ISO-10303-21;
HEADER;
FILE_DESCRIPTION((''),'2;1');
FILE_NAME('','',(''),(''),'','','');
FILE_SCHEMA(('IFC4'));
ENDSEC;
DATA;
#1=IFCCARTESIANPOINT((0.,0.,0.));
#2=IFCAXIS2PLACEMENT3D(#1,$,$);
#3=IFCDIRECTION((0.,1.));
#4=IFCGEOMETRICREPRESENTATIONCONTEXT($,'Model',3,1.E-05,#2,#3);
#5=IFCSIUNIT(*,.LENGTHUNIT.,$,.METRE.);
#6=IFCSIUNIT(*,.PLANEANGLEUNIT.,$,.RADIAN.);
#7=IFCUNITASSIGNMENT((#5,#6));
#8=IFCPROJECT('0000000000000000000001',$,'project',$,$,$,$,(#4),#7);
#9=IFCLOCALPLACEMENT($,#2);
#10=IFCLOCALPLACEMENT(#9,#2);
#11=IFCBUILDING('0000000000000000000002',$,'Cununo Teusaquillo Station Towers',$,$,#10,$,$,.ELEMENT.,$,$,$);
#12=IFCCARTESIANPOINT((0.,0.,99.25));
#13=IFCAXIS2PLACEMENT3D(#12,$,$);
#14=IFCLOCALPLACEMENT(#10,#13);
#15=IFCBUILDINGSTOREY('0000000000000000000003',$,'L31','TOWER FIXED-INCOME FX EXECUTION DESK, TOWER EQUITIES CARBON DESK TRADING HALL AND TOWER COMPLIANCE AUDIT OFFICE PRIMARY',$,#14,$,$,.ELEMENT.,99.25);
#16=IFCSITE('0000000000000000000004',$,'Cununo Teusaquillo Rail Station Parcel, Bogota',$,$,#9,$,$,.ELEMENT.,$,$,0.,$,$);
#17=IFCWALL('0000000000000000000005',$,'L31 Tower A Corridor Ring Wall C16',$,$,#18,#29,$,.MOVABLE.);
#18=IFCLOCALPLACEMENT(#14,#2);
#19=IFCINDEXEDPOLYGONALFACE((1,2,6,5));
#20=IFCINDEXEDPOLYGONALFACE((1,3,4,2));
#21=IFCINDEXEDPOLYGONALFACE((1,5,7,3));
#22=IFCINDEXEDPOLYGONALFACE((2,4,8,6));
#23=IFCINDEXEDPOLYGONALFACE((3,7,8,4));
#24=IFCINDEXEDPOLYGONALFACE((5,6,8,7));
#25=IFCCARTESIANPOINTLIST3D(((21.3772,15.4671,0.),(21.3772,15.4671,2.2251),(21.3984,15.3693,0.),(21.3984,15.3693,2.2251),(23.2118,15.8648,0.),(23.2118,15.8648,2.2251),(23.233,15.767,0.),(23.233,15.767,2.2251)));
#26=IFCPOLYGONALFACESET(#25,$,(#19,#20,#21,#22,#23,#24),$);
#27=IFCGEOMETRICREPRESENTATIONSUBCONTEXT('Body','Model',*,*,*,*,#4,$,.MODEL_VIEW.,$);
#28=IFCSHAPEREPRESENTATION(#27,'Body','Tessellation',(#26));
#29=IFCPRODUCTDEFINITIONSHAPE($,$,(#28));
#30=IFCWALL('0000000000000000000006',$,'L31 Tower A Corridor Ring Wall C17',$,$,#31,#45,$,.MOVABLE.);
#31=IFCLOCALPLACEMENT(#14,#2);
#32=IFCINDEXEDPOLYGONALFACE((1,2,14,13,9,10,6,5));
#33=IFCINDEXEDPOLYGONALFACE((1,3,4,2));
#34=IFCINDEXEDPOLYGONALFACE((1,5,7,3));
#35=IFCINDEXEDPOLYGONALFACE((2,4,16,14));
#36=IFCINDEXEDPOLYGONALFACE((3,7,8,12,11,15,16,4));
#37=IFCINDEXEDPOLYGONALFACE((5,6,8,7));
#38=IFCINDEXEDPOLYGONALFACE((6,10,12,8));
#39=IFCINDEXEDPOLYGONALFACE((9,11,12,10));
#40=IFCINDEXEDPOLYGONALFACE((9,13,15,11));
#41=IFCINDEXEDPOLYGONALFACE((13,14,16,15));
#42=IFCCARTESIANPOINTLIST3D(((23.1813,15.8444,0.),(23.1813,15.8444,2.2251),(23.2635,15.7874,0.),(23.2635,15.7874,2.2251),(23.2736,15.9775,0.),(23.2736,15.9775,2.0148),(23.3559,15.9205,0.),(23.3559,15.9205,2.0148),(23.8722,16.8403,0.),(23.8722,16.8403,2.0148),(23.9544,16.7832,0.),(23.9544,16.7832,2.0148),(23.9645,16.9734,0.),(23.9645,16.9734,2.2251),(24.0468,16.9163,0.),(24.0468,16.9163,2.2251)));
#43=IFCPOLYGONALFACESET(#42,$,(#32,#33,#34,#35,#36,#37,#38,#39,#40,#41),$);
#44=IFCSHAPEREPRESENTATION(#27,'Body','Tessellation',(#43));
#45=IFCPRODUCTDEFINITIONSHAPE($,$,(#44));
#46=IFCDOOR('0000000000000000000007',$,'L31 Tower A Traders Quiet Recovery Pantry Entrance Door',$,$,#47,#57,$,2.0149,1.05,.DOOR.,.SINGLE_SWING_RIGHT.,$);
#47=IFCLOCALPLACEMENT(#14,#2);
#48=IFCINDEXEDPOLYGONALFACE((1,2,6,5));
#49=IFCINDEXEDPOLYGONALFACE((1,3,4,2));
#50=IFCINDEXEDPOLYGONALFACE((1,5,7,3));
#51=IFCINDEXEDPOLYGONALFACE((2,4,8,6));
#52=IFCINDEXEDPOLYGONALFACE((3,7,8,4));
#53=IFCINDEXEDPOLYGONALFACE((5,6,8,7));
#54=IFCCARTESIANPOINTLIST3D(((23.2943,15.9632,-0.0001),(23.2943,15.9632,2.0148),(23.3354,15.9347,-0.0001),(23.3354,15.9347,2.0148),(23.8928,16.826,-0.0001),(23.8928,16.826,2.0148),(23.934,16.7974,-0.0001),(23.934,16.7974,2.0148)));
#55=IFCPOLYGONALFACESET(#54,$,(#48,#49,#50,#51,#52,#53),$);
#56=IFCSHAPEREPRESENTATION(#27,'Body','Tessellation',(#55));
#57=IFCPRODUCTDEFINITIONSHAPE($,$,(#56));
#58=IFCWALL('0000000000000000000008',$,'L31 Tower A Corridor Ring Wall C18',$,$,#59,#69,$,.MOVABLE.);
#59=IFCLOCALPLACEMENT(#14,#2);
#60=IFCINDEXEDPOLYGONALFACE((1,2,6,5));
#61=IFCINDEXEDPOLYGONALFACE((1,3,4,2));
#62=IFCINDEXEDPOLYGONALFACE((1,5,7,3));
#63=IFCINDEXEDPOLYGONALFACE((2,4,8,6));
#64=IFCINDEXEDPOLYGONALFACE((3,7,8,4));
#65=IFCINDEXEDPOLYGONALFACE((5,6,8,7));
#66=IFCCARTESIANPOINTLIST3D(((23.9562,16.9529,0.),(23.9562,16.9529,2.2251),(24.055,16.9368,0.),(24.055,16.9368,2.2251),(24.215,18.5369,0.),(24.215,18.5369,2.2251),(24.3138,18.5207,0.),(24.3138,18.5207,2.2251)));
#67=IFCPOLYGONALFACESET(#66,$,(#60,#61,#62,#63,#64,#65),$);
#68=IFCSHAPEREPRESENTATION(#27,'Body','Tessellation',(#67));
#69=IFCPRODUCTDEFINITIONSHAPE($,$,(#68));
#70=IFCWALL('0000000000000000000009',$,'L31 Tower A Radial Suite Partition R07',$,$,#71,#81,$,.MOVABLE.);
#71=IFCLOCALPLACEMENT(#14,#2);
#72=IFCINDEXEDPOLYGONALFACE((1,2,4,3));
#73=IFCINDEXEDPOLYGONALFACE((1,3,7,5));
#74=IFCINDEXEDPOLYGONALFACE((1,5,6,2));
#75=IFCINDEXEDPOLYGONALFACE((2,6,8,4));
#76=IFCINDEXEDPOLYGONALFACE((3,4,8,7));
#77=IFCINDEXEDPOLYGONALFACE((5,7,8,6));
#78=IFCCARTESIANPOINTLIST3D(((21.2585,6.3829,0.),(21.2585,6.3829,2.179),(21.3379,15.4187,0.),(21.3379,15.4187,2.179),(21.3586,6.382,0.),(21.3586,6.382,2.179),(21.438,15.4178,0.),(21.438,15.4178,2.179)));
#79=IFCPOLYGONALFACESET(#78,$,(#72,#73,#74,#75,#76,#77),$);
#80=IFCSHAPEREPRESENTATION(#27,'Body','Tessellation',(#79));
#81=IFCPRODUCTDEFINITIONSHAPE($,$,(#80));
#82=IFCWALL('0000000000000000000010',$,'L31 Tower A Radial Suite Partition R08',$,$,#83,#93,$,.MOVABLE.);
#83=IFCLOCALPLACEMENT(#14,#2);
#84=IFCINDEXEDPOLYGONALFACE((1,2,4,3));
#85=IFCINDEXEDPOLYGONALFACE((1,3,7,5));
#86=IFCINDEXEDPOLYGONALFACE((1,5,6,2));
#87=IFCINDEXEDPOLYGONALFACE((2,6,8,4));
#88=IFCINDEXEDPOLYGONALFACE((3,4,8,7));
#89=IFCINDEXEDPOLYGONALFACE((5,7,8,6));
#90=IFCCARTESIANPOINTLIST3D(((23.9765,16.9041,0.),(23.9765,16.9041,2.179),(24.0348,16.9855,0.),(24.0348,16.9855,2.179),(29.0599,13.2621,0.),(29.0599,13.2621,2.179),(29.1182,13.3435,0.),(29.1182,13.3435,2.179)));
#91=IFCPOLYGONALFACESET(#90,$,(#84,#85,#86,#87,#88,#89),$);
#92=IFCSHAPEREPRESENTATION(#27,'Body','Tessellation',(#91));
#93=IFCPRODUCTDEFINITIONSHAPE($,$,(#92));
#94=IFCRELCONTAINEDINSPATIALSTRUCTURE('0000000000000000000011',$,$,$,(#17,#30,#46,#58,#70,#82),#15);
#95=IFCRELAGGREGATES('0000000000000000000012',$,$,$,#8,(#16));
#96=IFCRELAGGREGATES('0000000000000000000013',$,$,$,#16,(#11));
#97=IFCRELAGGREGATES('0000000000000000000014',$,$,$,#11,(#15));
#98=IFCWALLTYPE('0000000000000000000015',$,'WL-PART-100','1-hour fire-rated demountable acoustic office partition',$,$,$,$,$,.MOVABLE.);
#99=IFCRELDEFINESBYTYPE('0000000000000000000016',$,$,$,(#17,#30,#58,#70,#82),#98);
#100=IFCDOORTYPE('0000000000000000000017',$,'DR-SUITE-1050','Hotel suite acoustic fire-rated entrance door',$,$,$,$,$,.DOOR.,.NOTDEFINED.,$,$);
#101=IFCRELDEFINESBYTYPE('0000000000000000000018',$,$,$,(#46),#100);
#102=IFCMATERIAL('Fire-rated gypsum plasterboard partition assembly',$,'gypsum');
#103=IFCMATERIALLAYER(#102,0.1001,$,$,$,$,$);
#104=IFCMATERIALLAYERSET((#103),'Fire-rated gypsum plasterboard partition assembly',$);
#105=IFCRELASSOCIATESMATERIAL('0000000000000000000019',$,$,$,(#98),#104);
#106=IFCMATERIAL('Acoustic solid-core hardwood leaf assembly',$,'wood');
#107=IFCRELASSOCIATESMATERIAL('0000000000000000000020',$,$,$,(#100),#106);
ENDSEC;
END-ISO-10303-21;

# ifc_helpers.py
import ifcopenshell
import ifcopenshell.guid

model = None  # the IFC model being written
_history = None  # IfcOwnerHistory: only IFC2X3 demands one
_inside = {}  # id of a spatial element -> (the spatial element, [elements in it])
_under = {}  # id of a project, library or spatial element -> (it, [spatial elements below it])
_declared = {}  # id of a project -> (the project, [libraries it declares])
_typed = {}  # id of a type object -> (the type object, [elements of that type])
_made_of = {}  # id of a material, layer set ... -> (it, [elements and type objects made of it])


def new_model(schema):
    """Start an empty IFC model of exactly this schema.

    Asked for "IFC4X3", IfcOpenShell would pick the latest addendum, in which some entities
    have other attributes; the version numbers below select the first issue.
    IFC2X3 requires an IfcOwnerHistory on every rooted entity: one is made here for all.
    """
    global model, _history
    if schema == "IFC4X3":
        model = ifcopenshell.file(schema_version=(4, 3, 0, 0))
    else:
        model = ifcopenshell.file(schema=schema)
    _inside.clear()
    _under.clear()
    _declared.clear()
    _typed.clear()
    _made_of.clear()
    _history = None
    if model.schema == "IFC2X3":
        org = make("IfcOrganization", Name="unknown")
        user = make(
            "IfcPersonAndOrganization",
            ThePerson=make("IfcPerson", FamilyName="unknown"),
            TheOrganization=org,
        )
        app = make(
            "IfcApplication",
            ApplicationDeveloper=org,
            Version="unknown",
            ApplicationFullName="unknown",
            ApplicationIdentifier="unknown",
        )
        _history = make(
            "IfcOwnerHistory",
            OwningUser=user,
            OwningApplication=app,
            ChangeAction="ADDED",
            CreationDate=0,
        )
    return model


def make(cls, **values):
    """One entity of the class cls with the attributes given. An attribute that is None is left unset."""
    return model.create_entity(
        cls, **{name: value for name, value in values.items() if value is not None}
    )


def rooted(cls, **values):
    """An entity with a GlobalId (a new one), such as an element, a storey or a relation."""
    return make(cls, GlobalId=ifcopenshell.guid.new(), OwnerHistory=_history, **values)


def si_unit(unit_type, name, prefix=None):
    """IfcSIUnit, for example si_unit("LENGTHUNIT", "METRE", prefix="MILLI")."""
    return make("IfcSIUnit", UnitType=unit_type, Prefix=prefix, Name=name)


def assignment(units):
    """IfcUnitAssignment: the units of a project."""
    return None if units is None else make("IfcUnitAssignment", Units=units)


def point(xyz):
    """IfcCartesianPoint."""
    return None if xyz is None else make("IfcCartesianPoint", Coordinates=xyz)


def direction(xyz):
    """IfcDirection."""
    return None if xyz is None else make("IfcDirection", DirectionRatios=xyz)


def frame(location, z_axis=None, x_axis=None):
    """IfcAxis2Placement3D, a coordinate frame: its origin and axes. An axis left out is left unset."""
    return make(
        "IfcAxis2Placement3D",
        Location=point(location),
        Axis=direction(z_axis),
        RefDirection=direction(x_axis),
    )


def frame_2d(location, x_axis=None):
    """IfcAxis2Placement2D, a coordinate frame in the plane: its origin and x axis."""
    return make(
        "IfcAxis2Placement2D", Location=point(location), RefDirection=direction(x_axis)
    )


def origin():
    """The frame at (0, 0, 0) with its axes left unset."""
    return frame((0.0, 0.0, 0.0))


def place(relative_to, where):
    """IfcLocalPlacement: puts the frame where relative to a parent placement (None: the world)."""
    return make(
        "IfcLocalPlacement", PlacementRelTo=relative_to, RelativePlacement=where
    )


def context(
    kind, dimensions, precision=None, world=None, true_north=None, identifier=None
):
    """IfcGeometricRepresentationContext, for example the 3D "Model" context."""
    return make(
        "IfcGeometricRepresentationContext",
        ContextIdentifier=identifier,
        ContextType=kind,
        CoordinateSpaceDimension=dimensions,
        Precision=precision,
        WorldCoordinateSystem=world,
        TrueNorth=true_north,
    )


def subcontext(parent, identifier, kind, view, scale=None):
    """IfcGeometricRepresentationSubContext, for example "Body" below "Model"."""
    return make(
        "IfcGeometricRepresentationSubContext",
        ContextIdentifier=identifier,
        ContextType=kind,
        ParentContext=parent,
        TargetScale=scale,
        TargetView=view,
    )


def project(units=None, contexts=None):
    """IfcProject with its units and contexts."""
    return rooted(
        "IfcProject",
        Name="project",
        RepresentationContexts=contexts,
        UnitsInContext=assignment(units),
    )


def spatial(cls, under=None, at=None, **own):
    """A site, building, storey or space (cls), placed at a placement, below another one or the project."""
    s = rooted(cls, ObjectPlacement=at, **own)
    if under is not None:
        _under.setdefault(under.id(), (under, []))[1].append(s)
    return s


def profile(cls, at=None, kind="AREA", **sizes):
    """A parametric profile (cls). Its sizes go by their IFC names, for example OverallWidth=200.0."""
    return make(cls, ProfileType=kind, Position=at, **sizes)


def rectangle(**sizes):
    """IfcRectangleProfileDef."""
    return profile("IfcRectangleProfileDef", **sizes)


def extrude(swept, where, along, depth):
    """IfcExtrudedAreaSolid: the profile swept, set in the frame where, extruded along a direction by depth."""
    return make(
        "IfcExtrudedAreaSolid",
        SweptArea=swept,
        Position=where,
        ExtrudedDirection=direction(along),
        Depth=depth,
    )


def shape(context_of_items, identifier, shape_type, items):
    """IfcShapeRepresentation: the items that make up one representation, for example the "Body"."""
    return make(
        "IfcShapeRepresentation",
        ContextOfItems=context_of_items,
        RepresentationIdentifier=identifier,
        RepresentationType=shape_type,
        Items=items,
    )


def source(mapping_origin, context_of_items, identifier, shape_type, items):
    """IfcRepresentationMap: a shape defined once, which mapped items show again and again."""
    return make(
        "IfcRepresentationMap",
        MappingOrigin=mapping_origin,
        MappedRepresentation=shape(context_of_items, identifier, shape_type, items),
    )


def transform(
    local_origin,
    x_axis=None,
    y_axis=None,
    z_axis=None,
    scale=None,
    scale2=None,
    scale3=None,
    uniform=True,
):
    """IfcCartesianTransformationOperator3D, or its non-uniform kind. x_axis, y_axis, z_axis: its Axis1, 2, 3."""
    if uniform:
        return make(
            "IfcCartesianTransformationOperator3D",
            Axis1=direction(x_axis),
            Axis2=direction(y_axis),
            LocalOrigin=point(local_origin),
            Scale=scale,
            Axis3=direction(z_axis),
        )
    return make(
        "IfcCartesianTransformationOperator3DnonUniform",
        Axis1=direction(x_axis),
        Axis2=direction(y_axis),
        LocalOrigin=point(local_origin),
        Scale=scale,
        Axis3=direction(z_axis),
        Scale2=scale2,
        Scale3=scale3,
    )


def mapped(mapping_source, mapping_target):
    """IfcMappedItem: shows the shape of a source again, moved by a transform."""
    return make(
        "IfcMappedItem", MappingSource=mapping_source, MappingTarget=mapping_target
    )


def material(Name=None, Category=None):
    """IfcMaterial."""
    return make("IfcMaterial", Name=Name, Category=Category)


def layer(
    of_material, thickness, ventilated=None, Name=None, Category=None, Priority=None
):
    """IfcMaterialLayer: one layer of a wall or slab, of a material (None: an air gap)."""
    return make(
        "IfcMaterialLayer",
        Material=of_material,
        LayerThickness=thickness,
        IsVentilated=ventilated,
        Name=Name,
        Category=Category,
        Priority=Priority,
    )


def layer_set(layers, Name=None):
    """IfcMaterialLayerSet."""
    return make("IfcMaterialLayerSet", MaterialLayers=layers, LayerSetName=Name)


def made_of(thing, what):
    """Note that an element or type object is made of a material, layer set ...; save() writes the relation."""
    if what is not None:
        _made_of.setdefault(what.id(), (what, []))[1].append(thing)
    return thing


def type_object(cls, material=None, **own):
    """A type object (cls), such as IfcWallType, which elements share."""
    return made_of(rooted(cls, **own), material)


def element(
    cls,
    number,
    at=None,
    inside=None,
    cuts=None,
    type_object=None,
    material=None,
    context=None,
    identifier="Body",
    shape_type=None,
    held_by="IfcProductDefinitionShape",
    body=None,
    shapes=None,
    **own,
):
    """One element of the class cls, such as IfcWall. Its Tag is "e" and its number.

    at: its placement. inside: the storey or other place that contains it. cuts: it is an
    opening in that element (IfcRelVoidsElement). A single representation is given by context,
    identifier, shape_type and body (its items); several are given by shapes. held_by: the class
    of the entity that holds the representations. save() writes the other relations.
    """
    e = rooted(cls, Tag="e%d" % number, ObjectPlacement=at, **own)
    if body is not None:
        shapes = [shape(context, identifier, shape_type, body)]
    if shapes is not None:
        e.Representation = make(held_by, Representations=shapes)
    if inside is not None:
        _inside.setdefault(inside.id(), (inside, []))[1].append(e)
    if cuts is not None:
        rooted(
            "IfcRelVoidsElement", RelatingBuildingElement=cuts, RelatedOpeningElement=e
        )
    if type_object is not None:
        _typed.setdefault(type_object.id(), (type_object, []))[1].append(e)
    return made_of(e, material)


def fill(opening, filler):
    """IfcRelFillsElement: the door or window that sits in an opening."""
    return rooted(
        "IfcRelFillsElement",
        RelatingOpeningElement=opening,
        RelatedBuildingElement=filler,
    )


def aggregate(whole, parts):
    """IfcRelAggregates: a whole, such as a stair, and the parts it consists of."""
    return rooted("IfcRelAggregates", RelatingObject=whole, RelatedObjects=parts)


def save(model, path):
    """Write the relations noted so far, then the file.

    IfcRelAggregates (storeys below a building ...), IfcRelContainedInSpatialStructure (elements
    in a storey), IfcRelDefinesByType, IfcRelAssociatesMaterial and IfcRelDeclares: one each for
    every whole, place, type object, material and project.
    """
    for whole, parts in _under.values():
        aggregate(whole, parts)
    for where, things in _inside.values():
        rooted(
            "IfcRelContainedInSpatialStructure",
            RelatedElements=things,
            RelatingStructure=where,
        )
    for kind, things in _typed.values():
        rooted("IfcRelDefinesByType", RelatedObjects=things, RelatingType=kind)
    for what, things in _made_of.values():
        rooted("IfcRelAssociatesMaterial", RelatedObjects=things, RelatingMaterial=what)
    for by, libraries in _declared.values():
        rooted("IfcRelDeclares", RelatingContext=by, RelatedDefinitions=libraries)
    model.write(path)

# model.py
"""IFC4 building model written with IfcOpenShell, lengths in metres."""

from ifc_helpers import new_model, si_unit, direction, frame, frame_2d, origin, place, context, subcontext, project, spatial, rectangle, extrude, source, transform, mapped, material, layer, layer_set, type_object, element, fill, save


model = new_model("IFC4")

# Units and contexts
model_context = context("Model", 3, precision=1e-05, world=origin(), true_north=direction((0.0, 1.0)))
body_context = subcontext(model_context, "Body", "Model", "MODEL_VIEW")
ifc_project = project(units=[si_unit("LENGTHUNIT", "METRE"), si_unit("PLANEANGLEUNIT", "RADIAN")], contexts=[model_context])

# Site, building, storey
site_placement = place(None, origin())
site = spatial("IfcSite", under=ifc_project, at=site_placement, Name="Cununo Teusaquillo Rail Station Parcel, Bogota", CompositionType="ELEMENT", RefElevation=0.0)
building_placement = place(site_placement, origin())
building = spatial("IfcBuilding", under=site, at=building_placement, Name="Cununo Teusaquillo Station Towers", CompositionType="ELEMENT")
storey_placement = place(building_placement, frame((0.0, 0.0, 99.25)))
storey = spatial("IfcBuildingStorey", under=building, at=storey_placement, Name="L31", Description="TOWER FIXED-INCOME FX EXECUTION DESK, TOWER EQUITIES CARBON DESK TRADING HALL AND TOWER COMPLIANCE AUDIT OFFICE PRIMARY", CompositionType="ELEMENT", Elevation=99.25)

# Shared definitions
ifc_material_1 = material(Name="Fire-rated gypsum plasterboard partition assembly", Category="gypsum")
ifc_layer_1 = layer(ifc_material_1, 0.1001)
ifc_layer_set_1 = layer_set([ifc_layer_1], Name="Fire-rated gypsum plasterboard partition assembly")
wall_type_1 = type_object("IfcWallType", Name="WL-PART-100", Description="1-hour fire-rated demountable acoustic office partition", PredefinedType="MOVABLE", material=ifc_layer_set_1)
shared_shape_1 = source(origin(), body_context, "Body", "SweptSolid", [
    extrude(rectangle(XDim=1.05, YDim=2.0149, at=frame_2d((0.5249, 1.0073))), frame((0.0, 0.0601, 0.0), z_axis=(0.0, -1.0, 0.0), x_axis=(1.0, 0.0, 0.0)), (0.0, 0.0, 1.0), 0.1201),
])
ifc_material_2 = material(Name="Acoustic solid-core hardwood leaf assembly", Category="wood")
door_type = type_object("IfcDoorType", Name="DR-SUITE-1050", Description="Hotel suite acoustic fire-rated entrance door", OperationType="NOTDEFINED", PredefinedType="DOOR", material=ifc_material_2)
shared_shape_2 = source(origin(), body_context, "Body", "SweptSolid", [
    extrude(rectangle(XDim=1.05, YDim=2.0149, at=frame_2d((0.5249, 1.0073))), frame((0.0, 0.0249, 0.0), z_axis=(0.0, -1.0, 0.0), x_axis=(1.0, 0.0, 0.0)), (0.0, 0.0, 1.0), 0.05),
])

# Wall
wall_1_placement = place(storey_placement, frame((21.3879, 15.4182, 0.0), z_axis=(0.0, 0.0, 1.0), x_axis=(0.977297, 0.211873, 0.0)))
element("IfcWall", 1, at=wall_1_placement, inside=storey, type_object=wall_type_1, Name="L31 Tower A Corridor Ring Wall C16", PredefinedType="MOVABLE", context=body_context, shape_type="SweptSolid", body=[
    extrude(rectangle(XDim=1.8772, YDim=0.1001, at=frame_2d((0.9385, 0.0))), origin(), (0.0, 0.0, 1.0), 2.2251),
])

# Wall, opening, door
wall_2_placement = place(storey_placement, frame((23.2224, 15.8159, 0.0), z_axis=(0.0, 0.0, 1.0), x_axis=(0.570023, 0.821629, 0.0)))
wall_2 = element("IfcWall", 2, at=wall_2_placement, inside=storey, type_object=wall_type_1, Name="L31 Tower A Corridor Ring Wall C17", PredefinedType="MOVABLE", context=body_context, shape_type="SweptSolid", body=[
    extrude(rectangle(XDim=1.374, YDim=0.1001, at=frame_2d((0.687, 0.0))), origin(), (0.0, 0.0, 1.0), 2.2251),
])
opening_1_placement = place(wall_2_placement, frame((0.1621, 0.0, 0.0)))
opening_1 = element("IfcOpeningElement", 3, at=opening_1_placement, cuts=wall_2, PredefinedType="OPENING", context=body_context, shape_type="MappedRepresentation", body=[
    mapped(shared_shape_1, transform((0.0, 0.0, 0.0), x_axis=(1.0, 0.0, 0.0), y_axis=(0.0, 1.0, 0.0), z_axis=(0.0, 0.0, 1.0), scale=1.0)),
])
door_1_placement = place(opening_1_placement, origin())
door_1 = element("IfcDoor", 4, at=door_1_placement, inside=storey, type_object=door_type, Name="L31 Tower A Traders Quiet Recovery Pantry Entrance Door", OperationType="SINGLE_SWING_RIGHT", OverallHeight=2.0149, OverallWidth=1.05, PredefinedType="DOOR", context=body_context, shape_type="MappedRepresentation", body=[
    mapped(shared_shape_2, transform((0.0, 0.0, 0.0), x_axis=(1.0, 0.0, 0.0), y_axis=(0.0, 1.0, 0.0), z_axis=(0.0, 0.0, 1.0), scale=1.0)),
])
fill(opening_1, door_1)

# Walls
wall_3_placement = place(storey_placement, frame((24.0056, 16.9448, 0.0), z_axis=(0.0, 0.0, 1.0), x_axis=(0.161241, 0.986915, 0.0)))
element("IfcWall", 5, at=wall_3_placement, inside=storey, type_object=wall_type_1, Name="L31 Tower A Corridor Ring Wall C18", PredefinedType="MOVABLE", context=body_context, shape_type="SweptSolid", body=[
    extrude(rectangle(XDim=1.605, YDim=0.1001, at=frame_2d((0.8025, 0.0))), origin(), (0.0, 0.0, 1.0), 2.2251),
])
wall_4_placement = place(storey_placement, frame((21.3879, 15.4182, 0.0), z_axis=(0.0, 0.0, 1.0), x_axis=(-0.008781, -0.999961, 0.0)))
element("IfcWall", 6, at=wall_4_placement, inside=storey, type_object=wall_type_1, Name="L31 Tower A Radial Suite Partition R07", PredefinedType="MOVABLE", context=body_context, shape_type="SweptSolid", body=[
    extrude(rectangle(XDim=9.0361, YDim=0.1001, at=frame_2d((4.5181, 0.0))), origin(), (0.0, 0.0, 1.0), 2.179),
])
wall_5_placement = place(storey_placement, frame((24.0056, 16.9448, 0.0), z_axis=(0.0, 0.0, 1.0), x_axis=(0.812899, -0.582405, 0.0)))
element("IfcWall", 7, at=wall_5_placement, inside=storey, type_object=wall_type_1, Name="L31 Tower A Radial Suite Partition R08", PredefinedType="MOVABLE", context=body_context, shape_type="SweptSolid", body=[
    extrude(rectangle(XDim=6.2534, YDim=0.1001, at=frame_2d((3.1267, 0.0))), origin(), (0.0, 0.0, 1.0), 2.179),
])

save(model, "model.ifc")
